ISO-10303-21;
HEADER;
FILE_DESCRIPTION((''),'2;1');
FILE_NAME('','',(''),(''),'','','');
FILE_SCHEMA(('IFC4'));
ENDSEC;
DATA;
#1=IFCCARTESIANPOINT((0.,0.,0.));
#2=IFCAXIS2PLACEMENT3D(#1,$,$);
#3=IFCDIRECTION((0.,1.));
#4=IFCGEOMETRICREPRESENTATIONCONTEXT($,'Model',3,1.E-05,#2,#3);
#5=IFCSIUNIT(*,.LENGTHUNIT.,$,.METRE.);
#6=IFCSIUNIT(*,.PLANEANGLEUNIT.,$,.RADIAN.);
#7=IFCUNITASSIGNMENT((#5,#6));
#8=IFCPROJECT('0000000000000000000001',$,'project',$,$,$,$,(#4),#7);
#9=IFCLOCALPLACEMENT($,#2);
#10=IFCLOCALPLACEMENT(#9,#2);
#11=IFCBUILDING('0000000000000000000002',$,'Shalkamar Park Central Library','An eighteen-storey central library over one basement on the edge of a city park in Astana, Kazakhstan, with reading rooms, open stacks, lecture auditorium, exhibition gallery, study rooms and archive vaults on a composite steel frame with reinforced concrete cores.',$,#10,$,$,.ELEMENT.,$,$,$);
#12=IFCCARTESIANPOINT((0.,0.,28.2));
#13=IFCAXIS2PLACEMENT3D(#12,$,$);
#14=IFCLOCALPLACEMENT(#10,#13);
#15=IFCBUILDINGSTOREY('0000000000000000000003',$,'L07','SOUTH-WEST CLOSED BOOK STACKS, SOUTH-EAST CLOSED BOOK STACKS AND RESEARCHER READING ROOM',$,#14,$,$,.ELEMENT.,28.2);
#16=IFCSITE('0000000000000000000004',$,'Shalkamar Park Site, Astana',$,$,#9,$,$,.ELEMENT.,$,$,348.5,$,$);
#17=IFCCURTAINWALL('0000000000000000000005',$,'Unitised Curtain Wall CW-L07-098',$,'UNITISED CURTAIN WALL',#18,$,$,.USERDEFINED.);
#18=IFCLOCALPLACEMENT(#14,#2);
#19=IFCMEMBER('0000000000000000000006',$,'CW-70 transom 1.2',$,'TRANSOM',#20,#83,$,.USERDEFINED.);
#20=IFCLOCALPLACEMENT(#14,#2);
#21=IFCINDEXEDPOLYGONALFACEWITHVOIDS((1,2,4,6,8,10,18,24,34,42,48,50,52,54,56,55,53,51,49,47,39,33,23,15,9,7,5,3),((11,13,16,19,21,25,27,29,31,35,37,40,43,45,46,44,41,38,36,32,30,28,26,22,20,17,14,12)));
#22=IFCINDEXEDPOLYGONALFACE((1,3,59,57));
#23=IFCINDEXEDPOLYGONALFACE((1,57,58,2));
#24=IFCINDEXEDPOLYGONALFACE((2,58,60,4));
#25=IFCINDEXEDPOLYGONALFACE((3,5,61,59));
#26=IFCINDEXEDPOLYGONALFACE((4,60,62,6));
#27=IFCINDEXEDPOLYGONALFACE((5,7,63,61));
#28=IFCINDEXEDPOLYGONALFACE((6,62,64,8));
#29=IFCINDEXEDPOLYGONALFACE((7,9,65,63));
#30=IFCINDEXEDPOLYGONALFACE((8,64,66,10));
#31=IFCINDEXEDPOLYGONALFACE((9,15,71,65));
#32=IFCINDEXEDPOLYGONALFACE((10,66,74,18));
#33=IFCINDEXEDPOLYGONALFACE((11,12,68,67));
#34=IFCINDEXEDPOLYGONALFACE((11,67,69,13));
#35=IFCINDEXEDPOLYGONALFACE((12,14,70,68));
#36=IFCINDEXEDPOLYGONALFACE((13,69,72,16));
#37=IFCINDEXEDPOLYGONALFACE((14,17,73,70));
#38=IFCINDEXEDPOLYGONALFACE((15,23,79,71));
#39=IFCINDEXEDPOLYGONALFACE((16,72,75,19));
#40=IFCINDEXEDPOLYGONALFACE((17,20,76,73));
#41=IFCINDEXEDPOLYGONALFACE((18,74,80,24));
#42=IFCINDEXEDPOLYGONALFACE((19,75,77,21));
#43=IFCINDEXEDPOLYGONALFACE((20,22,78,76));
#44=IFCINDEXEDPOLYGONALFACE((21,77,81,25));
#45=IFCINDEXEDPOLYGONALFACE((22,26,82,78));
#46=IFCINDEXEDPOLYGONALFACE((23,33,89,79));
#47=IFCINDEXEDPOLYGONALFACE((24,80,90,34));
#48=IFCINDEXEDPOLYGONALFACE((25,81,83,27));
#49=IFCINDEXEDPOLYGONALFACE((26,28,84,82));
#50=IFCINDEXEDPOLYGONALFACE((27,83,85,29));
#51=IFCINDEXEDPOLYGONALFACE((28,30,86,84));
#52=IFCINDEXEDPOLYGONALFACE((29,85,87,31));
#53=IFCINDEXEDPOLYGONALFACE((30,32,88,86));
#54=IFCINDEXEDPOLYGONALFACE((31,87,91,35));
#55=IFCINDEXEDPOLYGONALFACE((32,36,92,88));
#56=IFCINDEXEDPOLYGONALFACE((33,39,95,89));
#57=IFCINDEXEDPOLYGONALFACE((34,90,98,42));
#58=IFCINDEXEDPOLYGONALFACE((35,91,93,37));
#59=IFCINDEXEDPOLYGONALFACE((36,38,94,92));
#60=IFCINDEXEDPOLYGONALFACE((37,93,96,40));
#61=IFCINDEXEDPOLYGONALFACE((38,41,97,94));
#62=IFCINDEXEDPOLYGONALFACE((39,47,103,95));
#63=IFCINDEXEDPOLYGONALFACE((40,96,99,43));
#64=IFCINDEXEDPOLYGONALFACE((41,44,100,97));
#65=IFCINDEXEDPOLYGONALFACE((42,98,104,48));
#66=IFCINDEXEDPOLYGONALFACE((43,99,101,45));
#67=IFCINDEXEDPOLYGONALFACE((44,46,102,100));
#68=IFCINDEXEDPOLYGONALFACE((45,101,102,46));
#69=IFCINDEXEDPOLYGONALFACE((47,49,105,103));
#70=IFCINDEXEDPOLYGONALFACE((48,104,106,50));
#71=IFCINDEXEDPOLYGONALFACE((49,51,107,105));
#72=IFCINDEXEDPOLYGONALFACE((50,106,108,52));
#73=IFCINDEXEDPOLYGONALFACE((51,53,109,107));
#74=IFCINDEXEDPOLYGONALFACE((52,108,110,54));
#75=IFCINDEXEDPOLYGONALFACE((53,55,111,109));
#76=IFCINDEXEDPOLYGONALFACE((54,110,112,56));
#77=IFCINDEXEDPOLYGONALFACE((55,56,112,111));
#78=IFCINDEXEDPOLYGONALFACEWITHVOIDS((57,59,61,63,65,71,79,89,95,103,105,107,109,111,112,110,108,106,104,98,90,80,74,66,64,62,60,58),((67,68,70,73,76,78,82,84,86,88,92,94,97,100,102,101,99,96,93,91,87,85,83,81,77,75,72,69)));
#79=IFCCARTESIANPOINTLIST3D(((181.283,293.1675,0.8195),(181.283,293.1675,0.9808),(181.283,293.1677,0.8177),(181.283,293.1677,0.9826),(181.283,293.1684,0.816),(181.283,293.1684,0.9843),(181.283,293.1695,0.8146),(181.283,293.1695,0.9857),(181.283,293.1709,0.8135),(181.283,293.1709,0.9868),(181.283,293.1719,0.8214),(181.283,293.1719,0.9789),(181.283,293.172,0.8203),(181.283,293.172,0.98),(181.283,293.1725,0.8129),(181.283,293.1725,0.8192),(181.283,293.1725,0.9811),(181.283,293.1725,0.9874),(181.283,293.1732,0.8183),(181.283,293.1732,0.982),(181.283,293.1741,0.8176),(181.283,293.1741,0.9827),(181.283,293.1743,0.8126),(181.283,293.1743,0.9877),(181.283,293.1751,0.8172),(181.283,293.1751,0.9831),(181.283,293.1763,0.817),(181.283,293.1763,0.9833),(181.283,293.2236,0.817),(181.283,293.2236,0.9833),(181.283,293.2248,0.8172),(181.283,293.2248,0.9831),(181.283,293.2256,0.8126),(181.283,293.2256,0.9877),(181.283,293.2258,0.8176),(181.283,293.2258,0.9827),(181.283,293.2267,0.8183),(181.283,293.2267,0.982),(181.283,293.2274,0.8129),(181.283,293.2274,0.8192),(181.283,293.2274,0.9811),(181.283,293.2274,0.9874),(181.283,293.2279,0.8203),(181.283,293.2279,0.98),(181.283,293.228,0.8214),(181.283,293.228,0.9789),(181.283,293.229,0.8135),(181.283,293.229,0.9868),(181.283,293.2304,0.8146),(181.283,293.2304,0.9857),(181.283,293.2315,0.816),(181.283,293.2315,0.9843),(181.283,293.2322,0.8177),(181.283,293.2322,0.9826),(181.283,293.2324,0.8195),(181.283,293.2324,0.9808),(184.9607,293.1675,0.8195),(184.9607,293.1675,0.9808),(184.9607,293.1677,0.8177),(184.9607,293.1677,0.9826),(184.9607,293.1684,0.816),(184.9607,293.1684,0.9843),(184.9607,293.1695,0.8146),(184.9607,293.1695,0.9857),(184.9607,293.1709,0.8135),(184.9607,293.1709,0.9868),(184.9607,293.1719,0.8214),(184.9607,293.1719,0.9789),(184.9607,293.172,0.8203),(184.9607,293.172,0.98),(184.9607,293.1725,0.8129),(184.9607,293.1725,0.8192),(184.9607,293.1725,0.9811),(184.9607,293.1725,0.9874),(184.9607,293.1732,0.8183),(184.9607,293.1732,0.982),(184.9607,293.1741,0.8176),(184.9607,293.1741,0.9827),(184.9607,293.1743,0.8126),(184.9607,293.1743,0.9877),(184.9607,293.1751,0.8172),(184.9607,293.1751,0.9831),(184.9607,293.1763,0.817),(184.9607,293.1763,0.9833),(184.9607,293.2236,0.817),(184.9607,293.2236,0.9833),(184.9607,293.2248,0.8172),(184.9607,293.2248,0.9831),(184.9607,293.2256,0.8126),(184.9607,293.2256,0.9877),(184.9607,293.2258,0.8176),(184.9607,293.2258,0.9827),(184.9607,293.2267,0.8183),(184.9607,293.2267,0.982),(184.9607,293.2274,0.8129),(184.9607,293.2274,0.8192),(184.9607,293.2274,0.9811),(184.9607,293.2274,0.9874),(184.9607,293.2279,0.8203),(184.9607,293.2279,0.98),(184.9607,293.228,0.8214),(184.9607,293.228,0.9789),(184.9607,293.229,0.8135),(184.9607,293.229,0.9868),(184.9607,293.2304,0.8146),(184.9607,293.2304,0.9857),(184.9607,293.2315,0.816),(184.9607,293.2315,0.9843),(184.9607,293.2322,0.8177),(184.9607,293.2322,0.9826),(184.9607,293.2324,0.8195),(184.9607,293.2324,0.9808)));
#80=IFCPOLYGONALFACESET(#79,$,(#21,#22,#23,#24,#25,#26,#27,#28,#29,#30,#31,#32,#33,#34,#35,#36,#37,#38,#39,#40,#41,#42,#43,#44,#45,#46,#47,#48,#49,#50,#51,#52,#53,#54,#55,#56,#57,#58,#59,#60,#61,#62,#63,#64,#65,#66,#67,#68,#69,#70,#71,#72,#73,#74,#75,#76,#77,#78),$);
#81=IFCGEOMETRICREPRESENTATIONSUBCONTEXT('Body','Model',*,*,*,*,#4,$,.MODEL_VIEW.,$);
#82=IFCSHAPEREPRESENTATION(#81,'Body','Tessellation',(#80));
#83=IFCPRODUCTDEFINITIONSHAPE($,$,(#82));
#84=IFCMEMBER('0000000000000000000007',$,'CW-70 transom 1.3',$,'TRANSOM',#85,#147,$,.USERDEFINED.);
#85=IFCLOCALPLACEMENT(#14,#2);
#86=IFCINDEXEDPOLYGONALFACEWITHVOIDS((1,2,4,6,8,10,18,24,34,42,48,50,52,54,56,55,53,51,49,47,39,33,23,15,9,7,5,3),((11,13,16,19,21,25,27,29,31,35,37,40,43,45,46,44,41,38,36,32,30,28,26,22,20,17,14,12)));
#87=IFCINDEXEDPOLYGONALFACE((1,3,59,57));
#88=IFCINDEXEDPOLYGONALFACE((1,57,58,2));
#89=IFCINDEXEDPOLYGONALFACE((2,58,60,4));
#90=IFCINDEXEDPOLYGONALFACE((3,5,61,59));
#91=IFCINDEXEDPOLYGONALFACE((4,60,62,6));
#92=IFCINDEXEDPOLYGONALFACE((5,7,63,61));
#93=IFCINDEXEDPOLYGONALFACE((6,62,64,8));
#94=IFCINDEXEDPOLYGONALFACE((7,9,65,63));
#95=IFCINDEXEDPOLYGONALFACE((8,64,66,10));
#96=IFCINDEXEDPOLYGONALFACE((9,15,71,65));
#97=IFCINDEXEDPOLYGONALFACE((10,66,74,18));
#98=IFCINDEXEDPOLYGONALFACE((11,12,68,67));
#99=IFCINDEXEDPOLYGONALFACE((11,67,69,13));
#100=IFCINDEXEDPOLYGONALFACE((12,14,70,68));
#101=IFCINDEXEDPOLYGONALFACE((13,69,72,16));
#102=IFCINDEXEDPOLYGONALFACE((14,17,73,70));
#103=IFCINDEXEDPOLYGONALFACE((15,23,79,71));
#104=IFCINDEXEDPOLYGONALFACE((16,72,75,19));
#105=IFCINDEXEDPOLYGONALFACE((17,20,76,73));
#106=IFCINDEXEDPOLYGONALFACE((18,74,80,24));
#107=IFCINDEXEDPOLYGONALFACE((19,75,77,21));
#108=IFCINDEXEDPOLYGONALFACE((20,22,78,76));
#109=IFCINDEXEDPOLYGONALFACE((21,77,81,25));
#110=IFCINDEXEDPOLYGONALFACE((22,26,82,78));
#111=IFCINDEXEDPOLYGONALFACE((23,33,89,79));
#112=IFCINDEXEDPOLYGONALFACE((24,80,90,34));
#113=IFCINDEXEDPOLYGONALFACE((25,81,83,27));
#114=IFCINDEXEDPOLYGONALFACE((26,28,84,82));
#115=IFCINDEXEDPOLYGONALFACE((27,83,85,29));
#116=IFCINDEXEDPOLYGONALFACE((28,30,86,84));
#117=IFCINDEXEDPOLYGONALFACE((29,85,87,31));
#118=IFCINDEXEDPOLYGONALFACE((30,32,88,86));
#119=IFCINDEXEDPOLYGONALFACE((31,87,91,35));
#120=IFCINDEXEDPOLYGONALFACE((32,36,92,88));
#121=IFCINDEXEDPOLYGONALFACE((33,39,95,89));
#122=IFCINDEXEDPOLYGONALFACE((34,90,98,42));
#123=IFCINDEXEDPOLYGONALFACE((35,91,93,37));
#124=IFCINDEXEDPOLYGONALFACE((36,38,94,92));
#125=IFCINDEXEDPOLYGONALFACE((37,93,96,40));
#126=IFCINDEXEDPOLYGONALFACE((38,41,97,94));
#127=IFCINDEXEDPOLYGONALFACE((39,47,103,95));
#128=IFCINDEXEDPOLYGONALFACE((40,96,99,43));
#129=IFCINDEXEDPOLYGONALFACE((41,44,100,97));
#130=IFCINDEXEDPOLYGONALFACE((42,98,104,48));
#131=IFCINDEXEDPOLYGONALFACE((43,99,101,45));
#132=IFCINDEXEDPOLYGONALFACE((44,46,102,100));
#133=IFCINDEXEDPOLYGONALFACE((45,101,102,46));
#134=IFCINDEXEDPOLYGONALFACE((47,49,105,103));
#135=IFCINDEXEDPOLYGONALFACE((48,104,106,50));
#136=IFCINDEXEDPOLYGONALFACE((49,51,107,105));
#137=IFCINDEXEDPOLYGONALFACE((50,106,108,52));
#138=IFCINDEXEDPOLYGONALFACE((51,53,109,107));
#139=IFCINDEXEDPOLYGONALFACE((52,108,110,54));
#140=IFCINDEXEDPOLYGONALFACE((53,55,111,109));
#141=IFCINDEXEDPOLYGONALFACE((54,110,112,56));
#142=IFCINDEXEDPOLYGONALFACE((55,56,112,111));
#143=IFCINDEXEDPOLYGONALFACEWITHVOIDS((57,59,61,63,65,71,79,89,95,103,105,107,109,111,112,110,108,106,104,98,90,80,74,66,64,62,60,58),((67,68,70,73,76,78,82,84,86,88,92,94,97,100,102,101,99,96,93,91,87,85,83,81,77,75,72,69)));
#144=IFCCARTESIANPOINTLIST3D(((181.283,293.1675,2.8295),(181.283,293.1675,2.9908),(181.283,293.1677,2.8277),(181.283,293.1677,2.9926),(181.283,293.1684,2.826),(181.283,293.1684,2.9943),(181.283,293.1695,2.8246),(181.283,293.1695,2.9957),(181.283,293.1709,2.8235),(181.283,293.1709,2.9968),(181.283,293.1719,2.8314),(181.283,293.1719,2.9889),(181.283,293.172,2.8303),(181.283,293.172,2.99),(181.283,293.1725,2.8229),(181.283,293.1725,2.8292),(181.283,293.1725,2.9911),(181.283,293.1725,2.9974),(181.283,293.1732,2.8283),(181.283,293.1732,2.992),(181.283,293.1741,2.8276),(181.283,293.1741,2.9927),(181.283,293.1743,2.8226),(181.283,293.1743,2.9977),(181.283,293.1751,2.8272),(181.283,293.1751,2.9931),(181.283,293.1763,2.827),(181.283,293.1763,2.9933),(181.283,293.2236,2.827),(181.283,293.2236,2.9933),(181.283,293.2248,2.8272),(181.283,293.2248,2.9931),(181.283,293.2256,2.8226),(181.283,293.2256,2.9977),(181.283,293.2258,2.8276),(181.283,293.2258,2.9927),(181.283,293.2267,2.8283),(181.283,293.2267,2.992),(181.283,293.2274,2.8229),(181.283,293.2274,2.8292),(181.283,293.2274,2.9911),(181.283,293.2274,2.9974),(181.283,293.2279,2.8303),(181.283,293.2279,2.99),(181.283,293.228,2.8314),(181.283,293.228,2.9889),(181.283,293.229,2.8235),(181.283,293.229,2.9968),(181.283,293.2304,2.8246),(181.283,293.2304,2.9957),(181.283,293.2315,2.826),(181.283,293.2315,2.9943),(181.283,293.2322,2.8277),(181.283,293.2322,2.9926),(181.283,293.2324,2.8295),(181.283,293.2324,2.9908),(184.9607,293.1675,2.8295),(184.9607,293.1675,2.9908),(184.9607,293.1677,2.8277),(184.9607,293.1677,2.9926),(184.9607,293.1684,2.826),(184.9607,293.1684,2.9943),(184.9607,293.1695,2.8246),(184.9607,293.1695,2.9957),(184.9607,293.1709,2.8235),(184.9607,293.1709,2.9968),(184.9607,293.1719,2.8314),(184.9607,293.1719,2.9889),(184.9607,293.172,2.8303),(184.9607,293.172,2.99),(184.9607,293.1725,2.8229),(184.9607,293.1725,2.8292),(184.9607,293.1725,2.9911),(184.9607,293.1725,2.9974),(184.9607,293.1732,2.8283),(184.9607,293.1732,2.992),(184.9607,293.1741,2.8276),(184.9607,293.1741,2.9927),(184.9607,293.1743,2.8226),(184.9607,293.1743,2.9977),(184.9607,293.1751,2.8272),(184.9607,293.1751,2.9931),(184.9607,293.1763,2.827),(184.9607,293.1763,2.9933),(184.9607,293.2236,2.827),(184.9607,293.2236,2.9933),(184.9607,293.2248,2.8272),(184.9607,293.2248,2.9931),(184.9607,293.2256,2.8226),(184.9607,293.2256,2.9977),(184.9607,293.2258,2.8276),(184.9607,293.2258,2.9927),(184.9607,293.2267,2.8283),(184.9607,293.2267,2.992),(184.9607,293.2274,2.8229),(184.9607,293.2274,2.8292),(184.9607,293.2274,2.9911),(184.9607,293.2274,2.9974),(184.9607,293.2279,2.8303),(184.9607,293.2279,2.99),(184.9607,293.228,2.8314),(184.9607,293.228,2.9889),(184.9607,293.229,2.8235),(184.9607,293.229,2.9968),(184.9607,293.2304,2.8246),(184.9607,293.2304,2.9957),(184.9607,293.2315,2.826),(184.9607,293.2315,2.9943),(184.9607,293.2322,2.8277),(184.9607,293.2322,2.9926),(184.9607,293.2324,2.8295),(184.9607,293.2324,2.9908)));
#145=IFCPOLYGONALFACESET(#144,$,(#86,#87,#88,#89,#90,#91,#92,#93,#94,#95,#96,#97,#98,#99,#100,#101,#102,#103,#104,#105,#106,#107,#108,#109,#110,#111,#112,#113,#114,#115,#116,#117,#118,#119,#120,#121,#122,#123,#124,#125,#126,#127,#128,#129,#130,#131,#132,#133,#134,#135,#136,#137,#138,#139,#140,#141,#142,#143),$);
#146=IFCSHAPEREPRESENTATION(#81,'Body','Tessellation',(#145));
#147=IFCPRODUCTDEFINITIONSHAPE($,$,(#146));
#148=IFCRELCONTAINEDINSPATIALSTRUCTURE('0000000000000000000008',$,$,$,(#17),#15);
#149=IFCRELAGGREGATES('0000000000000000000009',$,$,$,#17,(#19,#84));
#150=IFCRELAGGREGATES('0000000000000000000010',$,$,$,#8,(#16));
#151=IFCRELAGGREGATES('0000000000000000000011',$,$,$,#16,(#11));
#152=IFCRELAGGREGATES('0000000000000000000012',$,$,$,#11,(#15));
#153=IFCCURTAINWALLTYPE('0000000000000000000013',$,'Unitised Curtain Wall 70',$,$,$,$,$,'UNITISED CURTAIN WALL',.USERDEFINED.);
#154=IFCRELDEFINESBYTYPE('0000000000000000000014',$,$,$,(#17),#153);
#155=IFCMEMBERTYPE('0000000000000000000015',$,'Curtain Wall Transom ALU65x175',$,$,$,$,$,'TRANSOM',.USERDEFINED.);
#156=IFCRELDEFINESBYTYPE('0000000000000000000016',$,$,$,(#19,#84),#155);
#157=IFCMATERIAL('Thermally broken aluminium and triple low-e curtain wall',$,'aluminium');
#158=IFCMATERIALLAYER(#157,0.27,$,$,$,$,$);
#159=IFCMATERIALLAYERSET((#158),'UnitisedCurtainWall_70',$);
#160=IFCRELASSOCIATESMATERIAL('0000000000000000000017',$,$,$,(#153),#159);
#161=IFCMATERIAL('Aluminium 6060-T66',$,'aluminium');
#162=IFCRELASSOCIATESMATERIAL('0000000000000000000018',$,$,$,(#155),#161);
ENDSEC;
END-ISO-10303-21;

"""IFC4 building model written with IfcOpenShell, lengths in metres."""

from ifc_helpers import new_model, si_unit, direction, frame, origin, origin_2d, place, context, subcontext, project, spatial, hollow_rectangle, extrude, material, layer, layer_set, material_profile, profile_set, type_object, element, aggregate, save


model = new_model("IFC4")

# Units and contexts
model_context = context("Model", 3, precision=1e-05, world=origin(), true_north=direction((0.0, 1.0)))
body_context = subcontext(model_context, "Body", "Model", "MODEL_VIEW")
ifc_project = project(units=[si_unit("LENGTHUNIT", "METRE"), si_unit("PLANEANGLEUNIT", "RADIAN")], contexts=[model_context])

# Site, building, storey
site_placement = place(None, origin())
site = spatial("IfcSite", under=ifc_project, at=site_placement, Name="Shalkamar Park Site, Astana", CompositionType="ELEMENT", RefElevation=348.5)
building_placement = place(site_placement, origin())
building = spatial("IfcBuilding", under=site, at=building_placement, Name="Shalkamar Park Central Library", Description="An eighteen-storey central library over one basement on the edge of a city park in Astana, Kazakhstan, with reading rooms, open stacks, lecture auditorium, exhibition gallery, study rooms and archive vaults on a composite steel frame with reinforced concrete cores.", CompositionType="ELEMENT")
storey_placement = place(building_placement, frame((0.0, 0.0, 28.2)))
storey = spatial("IfcBuildingStorey", under=building, at=storey_placement, Name="L07", Description="SOUTH-WEST CLOSED BOOK STACKS, SOUTH-EAST CLOSED BOOK STACKS AND RESEARCHER READING ROOM", CompositionType="ELEMENT", Elevation=28.2)

# Shared definitions
ifc_material_1 = material(Name="Thermally broken aluminium and triple low-e curtain wall", Category="aluminium")
ifc_material_2 = material(Name="Aluminium 6060-T66", Category="aluminium")

# Curtain wall
ifc_layer_1 = layer(ifc_material_1, 0.27)
ifc_layer_set_1 = layer_set([ifc_layer_1], Name="UnitisedCurtainWall_70")
curtain_wall_type_1 = type_object("IfcCurtainWallType", Name="Unitised Curtain Wall 70", ElementType="UNITISED CURTAIN WALL", PredefinedType="USERDEFINED", material=ifc_layer_set_1)
curtain_wall_1_placement = place(storey_placement, origin())
curtain_wall_1 = element("IfcCurtainWall", 1, at=curtain_wall_1_placement, inside=storey, type_object=curtain_wall_type_1, Name="Unitised Curtain Wall CW-L07-098", ObjectType="UNITISED CURTAIN WALL", PredefinedType="USERDEFINED")

# Members
ifc_material_profile_1 = material_profile(ifc_material_2, hollow_rectangle(XDim=0.0649, YDim=0.175, WallThickness=0.0044, InnerFilletRadius=0.0044, OuterFilletRadius=0.0068, at=origin_2d()), Name="ALU 65x175x4.5")
ifc_profile_set_1 = profile_set([ifc_material_profile_1], Name="Aluminium 6060-T66")
member_type_1 = type_object("IfcMemberType", Name="Curtain Wall Transom ALU65x175", ElementType="TRANSOM", PredefinedType="USERDEFINED", material=ifc_profile_set_1)
member_1_placement = place(storey_placement, frame((181.283, 293.2, 0.9001), z_axis=(1.0, 0.0, 0.0), x_axis=(0.0, 1.0, 0.0)))
member_1 = element("IfcMember", 2, at=member_1_placement, type_object=member_type_1, Name="CW-70 transom 1.2", ObjectType="TRANSOM", PredefinedType="USERDEFINED", context=body_context, shape_type="SweptSolid", body=[
    extrude(hollow_rectangle(XDim=0.0649, YDim=0.175, WallThickness=0.0044, InnerFilletRadius=0.0044, OuterFilletRadius=0.0068, at=origin_2d()), origin(), (0.0, 0.0, 1.0), 3.6777),
])
member_2_placement = place(storey_placement, frame((181.283, 293.2, 2.9102), z_axis=(1.0, 0.0, 0.0), x_axis=(0.0, 1.0, 0.0)))
member_2 = element("IfcMember", 3, at=member_2_placement, type_object=member_type_1, Name="CW-70 transom 1.3", ObjectType="TRANSOM", PredefinedType="USERDEFINED", context=body_context, shape_type="SweptSolid", body=[
    extrude(hollow_rectangle(XDim=0.0649, YDim=0.175, WallThickness=0.0044, InnerFilletRadius=0.0044, OuterFilletRadius=0.0068, at=origin_2d()), origin(), (0.0, 0.0, 1.0), 3.6777),
])

aggregate(curtain_wall_1, [member_1, member_2])

save(model, "model.ifc")
